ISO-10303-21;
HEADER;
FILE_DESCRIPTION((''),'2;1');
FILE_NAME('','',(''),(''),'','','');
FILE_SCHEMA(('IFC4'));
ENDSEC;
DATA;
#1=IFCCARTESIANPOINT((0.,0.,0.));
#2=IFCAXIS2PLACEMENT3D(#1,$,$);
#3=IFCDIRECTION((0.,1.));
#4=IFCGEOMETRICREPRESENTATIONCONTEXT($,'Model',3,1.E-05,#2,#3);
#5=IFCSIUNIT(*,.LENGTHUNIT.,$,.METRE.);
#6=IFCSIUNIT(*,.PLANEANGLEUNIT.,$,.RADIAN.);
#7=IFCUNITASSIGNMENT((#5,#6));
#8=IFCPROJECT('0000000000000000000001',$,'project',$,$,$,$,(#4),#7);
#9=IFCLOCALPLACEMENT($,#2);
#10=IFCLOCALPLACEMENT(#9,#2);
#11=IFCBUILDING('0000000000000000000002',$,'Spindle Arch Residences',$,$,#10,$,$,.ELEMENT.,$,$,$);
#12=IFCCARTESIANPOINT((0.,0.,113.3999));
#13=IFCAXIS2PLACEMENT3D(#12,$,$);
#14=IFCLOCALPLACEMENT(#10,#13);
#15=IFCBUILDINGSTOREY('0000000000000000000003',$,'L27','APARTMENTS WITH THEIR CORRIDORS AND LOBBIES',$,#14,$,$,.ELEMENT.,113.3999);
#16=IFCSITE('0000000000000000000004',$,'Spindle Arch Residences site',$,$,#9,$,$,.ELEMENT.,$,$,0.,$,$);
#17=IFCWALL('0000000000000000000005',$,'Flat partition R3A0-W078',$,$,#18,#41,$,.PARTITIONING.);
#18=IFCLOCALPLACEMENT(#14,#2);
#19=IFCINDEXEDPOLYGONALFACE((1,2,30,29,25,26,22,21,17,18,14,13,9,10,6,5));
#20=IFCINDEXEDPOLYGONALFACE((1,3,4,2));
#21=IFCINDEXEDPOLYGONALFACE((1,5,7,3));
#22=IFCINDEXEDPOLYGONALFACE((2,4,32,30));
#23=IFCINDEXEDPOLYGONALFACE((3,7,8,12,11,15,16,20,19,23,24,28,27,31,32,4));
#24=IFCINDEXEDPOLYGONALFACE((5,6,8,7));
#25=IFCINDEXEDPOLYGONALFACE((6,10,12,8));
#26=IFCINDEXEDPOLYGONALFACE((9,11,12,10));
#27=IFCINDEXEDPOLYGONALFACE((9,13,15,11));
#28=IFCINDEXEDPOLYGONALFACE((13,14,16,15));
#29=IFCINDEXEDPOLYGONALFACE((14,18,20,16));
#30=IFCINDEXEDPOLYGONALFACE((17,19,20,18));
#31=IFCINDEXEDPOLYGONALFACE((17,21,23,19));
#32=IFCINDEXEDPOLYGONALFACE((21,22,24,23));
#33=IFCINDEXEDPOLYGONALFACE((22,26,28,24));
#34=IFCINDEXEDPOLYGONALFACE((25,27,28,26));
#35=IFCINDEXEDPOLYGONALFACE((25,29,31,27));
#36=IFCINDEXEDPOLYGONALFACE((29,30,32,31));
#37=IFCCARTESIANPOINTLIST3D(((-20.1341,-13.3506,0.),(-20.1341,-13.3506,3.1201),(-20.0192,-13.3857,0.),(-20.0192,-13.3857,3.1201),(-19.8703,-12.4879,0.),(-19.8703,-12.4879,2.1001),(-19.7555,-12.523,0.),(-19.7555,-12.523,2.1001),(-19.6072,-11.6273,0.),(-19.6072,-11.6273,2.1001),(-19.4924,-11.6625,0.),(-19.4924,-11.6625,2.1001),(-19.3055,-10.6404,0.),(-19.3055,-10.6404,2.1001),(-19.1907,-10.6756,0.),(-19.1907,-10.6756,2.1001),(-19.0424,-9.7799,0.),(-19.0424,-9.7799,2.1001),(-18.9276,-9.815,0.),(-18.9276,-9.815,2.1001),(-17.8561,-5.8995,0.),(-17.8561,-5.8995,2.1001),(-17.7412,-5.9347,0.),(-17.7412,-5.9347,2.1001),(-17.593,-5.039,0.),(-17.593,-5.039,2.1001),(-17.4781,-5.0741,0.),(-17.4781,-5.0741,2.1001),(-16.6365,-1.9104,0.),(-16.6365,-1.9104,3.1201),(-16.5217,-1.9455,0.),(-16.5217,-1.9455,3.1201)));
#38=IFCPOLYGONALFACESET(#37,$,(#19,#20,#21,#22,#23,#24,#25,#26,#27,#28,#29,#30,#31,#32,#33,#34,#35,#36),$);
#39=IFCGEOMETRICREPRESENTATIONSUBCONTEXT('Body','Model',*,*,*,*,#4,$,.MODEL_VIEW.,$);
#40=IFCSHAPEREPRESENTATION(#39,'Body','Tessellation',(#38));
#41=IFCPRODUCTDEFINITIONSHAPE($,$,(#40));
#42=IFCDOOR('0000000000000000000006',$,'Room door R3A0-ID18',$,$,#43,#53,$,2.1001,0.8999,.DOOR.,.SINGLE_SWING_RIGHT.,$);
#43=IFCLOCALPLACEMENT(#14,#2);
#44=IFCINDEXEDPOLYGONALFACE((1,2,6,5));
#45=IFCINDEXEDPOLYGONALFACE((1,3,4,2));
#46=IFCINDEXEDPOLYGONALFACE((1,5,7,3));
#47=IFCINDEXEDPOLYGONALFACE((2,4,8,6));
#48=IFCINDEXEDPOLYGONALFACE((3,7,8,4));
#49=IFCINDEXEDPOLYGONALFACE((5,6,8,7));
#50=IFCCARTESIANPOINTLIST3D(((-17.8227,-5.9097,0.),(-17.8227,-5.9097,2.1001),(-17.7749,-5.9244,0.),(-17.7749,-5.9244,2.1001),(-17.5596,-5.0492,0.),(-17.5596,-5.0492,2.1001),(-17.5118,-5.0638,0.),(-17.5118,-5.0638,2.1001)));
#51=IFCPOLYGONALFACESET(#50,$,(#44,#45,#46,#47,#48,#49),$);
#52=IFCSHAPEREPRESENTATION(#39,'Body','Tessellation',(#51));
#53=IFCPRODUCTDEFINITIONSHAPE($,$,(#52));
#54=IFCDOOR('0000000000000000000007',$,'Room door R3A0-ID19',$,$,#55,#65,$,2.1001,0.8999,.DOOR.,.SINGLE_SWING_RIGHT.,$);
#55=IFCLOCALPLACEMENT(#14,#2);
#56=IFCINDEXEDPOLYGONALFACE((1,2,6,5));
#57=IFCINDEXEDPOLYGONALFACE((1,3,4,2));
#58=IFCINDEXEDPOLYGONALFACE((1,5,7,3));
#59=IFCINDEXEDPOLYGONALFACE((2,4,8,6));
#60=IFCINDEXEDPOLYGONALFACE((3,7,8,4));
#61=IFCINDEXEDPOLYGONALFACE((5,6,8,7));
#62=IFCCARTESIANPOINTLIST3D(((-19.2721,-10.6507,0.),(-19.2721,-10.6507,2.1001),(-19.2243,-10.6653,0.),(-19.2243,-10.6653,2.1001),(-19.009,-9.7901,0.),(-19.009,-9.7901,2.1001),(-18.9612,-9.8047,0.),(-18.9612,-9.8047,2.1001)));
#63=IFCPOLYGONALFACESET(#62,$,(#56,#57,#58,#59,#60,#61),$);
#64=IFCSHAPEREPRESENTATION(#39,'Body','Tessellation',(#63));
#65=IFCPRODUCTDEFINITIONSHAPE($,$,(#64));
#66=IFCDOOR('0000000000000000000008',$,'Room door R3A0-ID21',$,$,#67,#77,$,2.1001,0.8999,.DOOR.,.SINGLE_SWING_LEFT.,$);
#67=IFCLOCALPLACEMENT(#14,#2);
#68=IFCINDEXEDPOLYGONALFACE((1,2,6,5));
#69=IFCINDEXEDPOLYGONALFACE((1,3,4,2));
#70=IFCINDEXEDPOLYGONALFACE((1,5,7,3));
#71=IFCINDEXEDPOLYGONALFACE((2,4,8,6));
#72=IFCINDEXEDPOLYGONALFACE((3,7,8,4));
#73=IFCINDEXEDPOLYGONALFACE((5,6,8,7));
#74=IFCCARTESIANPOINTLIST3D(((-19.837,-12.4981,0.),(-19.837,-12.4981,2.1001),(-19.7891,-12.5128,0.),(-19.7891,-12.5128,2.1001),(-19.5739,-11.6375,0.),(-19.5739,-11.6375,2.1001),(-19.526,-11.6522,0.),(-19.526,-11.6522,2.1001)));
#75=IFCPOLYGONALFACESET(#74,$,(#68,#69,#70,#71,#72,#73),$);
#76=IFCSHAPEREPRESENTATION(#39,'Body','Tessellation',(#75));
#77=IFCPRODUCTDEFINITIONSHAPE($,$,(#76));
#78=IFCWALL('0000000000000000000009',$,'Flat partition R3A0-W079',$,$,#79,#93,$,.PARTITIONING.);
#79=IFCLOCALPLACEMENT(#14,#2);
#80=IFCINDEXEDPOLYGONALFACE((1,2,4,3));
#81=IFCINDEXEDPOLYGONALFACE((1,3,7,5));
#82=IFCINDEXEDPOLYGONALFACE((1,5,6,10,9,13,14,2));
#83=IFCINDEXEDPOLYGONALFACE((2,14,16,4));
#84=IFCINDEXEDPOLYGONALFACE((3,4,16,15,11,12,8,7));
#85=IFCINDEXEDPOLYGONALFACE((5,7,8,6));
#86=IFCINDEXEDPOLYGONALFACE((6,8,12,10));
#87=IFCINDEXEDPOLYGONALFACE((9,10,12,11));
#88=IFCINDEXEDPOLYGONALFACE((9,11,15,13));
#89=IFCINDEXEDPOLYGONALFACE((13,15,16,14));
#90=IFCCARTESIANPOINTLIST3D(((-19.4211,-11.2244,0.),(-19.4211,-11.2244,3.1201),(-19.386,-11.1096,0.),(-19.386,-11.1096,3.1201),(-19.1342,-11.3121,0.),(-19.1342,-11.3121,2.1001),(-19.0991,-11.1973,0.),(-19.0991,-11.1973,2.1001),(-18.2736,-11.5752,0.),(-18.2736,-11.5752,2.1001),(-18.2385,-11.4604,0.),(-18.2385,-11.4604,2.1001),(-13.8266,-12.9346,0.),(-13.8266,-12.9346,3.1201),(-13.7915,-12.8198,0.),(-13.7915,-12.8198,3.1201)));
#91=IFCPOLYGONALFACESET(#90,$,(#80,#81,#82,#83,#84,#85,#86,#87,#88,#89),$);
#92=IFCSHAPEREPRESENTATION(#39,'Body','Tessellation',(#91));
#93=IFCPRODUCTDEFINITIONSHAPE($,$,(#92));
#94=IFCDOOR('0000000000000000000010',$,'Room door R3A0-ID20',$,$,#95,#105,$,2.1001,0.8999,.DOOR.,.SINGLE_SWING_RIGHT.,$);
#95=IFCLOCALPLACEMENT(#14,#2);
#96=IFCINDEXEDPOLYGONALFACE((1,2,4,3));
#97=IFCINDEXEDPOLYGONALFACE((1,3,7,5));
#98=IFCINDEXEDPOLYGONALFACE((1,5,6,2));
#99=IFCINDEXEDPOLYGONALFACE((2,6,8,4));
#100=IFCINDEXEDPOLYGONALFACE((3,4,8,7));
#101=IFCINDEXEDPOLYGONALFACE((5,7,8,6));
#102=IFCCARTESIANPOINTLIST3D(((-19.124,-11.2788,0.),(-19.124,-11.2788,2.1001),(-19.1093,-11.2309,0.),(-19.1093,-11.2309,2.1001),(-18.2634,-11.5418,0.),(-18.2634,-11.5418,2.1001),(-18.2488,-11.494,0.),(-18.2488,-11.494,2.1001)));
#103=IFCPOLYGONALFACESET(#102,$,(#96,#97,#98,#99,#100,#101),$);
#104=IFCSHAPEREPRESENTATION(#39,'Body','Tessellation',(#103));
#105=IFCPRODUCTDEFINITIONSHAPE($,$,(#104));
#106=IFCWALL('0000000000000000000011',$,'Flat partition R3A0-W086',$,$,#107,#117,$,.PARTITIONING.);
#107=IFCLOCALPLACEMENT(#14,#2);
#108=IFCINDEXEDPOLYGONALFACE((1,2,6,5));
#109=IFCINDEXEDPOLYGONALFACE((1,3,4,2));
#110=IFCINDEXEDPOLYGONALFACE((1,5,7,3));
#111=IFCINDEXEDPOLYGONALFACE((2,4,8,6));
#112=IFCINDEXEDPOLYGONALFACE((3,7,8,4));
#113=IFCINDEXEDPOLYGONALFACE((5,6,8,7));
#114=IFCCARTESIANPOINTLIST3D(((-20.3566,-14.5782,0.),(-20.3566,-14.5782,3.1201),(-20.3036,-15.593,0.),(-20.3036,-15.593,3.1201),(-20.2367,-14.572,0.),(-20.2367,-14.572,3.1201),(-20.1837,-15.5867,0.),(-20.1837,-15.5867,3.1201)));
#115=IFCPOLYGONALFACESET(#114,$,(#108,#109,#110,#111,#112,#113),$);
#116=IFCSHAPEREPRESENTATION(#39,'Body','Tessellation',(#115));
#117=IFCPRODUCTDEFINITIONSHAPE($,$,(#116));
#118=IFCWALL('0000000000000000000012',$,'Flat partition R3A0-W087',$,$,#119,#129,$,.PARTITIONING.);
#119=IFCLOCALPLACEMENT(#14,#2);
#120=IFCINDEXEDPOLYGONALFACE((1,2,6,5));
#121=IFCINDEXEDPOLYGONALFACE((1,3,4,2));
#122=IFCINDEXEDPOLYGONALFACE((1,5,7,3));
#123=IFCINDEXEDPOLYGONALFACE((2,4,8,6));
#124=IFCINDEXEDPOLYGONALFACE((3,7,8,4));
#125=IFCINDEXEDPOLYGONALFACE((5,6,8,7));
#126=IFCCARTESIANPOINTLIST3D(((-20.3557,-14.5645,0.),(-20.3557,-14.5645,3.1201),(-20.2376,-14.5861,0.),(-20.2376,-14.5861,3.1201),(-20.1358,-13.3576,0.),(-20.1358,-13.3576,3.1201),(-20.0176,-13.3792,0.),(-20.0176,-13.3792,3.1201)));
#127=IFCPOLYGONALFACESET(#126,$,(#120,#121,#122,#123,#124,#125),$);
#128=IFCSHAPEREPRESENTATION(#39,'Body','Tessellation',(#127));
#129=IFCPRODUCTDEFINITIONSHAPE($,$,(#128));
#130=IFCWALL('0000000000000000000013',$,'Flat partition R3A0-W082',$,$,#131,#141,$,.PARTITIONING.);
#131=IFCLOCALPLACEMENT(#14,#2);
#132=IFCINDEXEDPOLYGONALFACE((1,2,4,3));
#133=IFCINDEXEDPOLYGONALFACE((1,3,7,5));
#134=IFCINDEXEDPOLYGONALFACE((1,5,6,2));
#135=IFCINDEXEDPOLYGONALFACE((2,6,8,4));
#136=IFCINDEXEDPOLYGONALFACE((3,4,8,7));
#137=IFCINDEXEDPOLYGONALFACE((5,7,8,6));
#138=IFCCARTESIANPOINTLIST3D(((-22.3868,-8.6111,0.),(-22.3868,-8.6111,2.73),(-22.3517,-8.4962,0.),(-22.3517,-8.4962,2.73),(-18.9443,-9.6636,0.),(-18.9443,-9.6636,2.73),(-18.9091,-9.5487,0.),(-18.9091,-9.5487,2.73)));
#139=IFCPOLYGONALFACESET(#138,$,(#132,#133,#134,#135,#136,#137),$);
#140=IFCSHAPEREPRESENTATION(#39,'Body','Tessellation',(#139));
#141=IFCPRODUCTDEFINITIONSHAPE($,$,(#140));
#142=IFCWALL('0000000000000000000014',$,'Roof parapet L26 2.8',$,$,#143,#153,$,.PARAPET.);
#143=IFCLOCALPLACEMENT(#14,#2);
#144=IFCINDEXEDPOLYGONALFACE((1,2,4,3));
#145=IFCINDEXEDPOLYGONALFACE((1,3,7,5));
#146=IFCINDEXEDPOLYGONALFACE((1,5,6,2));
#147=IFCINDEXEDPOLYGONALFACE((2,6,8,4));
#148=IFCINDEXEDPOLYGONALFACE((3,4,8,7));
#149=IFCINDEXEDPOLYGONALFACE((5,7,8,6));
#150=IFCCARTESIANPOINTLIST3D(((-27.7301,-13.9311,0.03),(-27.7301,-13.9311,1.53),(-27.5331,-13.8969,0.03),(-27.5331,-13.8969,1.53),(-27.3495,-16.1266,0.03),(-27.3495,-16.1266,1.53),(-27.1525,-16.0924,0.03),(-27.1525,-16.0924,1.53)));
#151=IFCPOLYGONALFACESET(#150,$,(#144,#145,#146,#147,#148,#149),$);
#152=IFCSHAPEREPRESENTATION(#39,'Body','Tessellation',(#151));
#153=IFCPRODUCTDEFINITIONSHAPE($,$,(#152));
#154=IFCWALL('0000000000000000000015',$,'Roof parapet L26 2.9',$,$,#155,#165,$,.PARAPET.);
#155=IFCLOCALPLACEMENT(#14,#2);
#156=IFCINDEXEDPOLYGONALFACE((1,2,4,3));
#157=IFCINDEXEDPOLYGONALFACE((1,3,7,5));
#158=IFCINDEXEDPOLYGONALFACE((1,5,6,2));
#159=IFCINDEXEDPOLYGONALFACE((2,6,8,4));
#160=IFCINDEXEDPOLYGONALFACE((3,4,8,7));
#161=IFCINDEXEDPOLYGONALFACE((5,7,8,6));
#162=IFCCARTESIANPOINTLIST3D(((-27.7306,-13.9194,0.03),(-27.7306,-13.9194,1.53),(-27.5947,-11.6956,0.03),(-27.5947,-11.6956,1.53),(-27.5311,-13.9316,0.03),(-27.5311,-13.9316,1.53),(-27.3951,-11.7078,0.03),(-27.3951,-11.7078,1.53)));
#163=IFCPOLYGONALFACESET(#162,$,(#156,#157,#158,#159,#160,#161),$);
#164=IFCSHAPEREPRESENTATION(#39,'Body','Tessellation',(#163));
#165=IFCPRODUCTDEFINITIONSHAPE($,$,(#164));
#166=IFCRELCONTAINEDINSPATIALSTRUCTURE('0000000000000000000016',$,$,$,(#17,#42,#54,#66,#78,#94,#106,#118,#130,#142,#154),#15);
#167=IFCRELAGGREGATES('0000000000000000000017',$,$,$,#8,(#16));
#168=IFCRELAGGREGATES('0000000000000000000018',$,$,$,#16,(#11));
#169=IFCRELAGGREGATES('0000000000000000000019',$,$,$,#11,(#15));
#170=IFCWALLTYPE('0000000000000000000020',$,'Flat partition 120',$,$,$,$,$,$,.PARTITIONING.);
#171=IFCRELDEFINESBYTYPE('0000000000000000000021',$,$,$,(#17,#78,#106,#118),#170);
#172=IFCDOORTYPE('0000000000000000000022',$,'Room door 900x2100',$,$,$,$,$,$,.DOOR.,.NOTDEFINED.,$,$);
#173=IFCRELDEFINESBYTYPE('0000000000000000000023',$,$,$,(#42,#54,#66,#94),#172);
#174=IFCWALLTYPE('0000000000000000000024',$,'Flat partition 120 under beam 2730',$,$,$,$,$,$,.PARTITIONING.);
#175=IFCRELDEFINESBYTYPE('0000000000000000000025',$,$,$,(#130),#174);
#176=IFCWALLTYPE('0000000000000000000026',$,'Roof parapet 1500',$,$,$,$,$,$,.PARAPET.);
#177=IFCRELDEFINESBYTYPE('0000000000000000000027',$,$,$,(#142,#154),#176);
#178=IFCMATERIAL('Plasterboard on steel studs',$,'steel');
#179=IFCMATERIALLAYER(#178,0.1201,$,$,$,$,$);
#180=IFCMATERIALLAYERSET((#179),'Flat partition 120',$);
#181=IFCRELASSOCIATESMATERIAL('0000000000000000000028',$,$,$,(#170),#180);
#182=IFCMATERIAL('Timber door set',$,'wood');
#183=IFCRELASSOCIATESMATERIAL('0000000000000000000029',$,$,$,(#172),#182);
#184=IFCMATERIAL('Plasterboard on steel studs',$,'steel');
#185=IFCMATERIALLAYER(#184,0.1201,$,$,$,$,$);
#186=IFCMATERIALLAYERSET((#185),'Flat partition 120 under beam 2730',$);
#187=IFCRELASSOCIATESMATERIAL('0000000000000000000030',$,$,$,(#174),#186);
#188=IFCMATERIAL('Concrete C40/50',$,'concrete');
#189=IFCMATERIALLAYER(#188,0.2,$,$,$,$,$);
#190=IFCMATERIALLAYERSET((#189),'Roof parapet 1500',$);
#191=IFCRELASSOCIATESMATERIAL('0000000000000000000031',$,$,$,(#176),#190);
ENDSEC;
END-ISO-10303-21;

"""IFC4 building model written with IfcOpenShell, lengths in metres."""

from ifc_helpers import new_model, si_unit, direction, frame, frame_2d, origin, place, context, subcontext, project, spatial, rectangle, extrude, material, layer, layer_set, type_object, element, fill, save


model = new_model("IFC4")

# Units and contexts
model_context = context("Model", 3, precision=1e-05, world=origin(), true_north=direction((0.0, 1.0)))
body_context = subcontext(model_context, "Body", "Model", "MODEL_VIEW")
ifc_project = project(units=[si_unit("LENGTHUNIT", "METRE"), si_unit("PLANEANGLEUNIT", "RADIAN")], contexts=[model_context])

# Site, building, storey
site_placement = place(None, origin())
site = spatial("IfcSite", under=ifc_project, at=site_placement, Name="Spindle Arch Residences site", CompositionType="ELEMENT", RefElevation=0.0)
building_placement = place(site_placement, origin())
building = spatial("IfcBuilding", under=site, at=building_placement, Name="Spindle Arch Residences", CompositionType="ELEMENT")
storey_placement = place(building_placement, frame((0.0, 0.0, 113.3999)))
storey = spatial("IfcBuildingStorey", under=building, at=storey_placement, Name="L27", Description="APARTMENTS WITH THEIR CORRIDORS AND LOBBIES", CompositionType="ELEMENT", Elevation=113.3999)

# Wall, openings, doors
ifc_material_1 = material(Name="Plasterboard on steel studs", Category="steel")
ifc_layer_1 = layer(ifc_material_1, 0.1201)
ifc_layer_set_1 = layer_set([ifc_layer_1], Name="Flat partition 120")
wall_type_1 = type_object("IfcWallType", Name="Flat partition 120", PredefinedType="PARTITIONING", material=ifc_layer_set_1)
wall_1_placement = place(storey_placement, frame((-16.5791, -1.928, 0.0), z_axis=(0.0, 0.0, 1.0), x_axis=(-0.292367, -0.956306, 0.0)))
wall_1 = element("IfcWall", 1, at=wall_1_placement, inside=storey, type_object=wall_type_1, Name="Flat partition R3A0-W078", PredefinedType="PARTITIONING", context=body_context, shape_type="SweptSolid", body=[
    extrude(rectangle(XDim=11.9629, YDim=0.1201, at=frame_2d((5.9814, 0.0))), origin(), (0.0, 0.0, 1.0), 3.1201),
])
opening_1_placement = place(wall_1_placement, frame((3.2715, 0.0, 0.0)))
opening_1 = element("IfcOpeningElement", 2, at=opening_1_placement, cuts=wall_1, PredefinedType="OPENING", context=body_context, shape_type="SweptSolid", body=[
    extrude(rectangle(XDim=0.8999, YDim=2.1001, at=frame_2d((0.45, 1.05))), frame((0.0, 0.0701, 0.0), z_axis=(0.0, -1.0, 0.0), x_axis=(1.0, 0.0, 0.0)), (0.0, 0.0, 1.0), 0.1401),
])
opening_2_placement = place(wall_1_placement, frame((8.229, 0.0, 0.0)))
opening_2 = element("IfcOpeningElement", 3, at=opening_2_placement, cuts=wall_1, PredefinedType="OPENING", context=body_context, shape_type="SweptSolid", body=[
    extrude(rectangle(XDim=0.8999, YDim=2.1001, at=frame_2d((0.45, 1.05))), frame((0.0, 0.0701, 0.0), z_axis=(0.0, -1.0, 0.0), x_axis=(1.0, 0.0, 0.0)), (0.0, 0.0, 1.0), 0.1401),
])
opening_3_placement = place(wall_1_placement, frame((10.1609, 0.0, 0.0)))
opening_3 = element("IfcOpeningElement", 4, at=opening_3_placement, cuts=wall_1, PredefinedType="OPENING", context=body_context, shape_type="SweptSolid", body=[
    extrude(rectangle(XDim=0.8999, YDim=2.1001, at=frame_2d((0.45, 1.05))), frame((0.0, 0.0701, 0.0), z_axis=(0.0, -1.0, 0.0), x_axis=(1.0, 0.0, 0.0)), (0.0, 0.0, 1.0), 0.1401),
])
ifc_material_2 = material(Name="Timber door set", Category="wood")
door_type = type_object("IfcDoorType", Name="Room door 900x2100", OperationType="NOTDEFINED", PredefinedType="DOOR", material=ifc_material_2)
door_1_placement = place(opening_1_placement, origin())
door_1 = element("IfcDoor", 5, at=door_1_placement, inside=storey, type_object=door_type, Name="Room door R3A0-ID18", OperationType="SINGLE_SWING_RIGHT", OverallHeight=2.1001, OverallWidth=0.8999, PredefinedType="DOOR", context=body_context, shape_type="SweptSolid", body=[
    extrude(rectangle(XDim=0.8999, YDim=2.1001, at=frame_2d((0.45, 1.05))), frame((0.0, 0.0249, 0.0), z_axis=(0.0, -1.0, 0.0), x_axis=(1.0, 0.0, 0.0)), (0.0, 0.0, 1.0), 0.05),
])
fill(opening_1, door_1)
door_2_placement = place(opening_2_placement, origin())
door_2 = element("IfcDoor", 6, at=door_2_placement, inside=storey, type_object=door_type, Name="Room door R3A0-ID19", OperationType="SINGLE_SWING_RIGHT", OverallHeight=2.1001, OverallWidth=0.8999, PredefinedType="DOOR", context=body_context, shape_type="SweptSolid", body=[
    extrude(rectangle(XDim=0.8999, YDim=2.1001, at=frame_2d((0.45, 1.05))), frame((0.0, 0.0249, 0.0), z_axis=(0.0, -1.0, 0.0), x_axis=(1.0, 0.0, 0.0)), (0.0, 0.0, 1.0), 0.05),
])
fill(opening_2, door_2)
door_3_placement = place(opening_3_placement, origin())
door_3 = element("IfcDoor", 7, at=door_3_placement, inside=storey, type_object=door_type, Name="Room door R3A0-ID21", OperationType="SINGLE_SWING_LEFT", OverallHeight=2.1001, OverallWidth=0.8999, PredefinedType="DOOR", context=body_context, shape_type="SweptSolid", body=[
    extrude(rectangle(XDim=0.8999, YDim=2.1001, at=frame_2d((0.45, 1.05))), frame((0.0, 0.0249, 0.0), z_axis=(0.0, -1.0, 0.0), x_axis=(1.0, 0.0, 0.0)), (0.0, 0.0, 1.0), 0.05),
])
fill(opening_3, door_3)

# Wall, opening, door
wall_2_placement = place(storey_placement, frame((-19.4036, -11.167, 0.0), z_axis=(0.0, 0.0, 1.0), x_axis=(0.956314, -0.29234, 0.0)))
wall_2 = element("IfcWall", 8, at=wall_2_placement, inside=storey, type_object=wall_type_1, Name="Flat partition R3A0-W079", PredefinedType="PARTITIONING", context=body_context, shape_type="SweptSolid", body=[
    extrude(rectangle(XDim=5.8501, YDim=0.1201, at=frame_2d((2.925, 0.0))), origin(), (0.0, 0.0, 1.0), 3.1201),
])
opening_4_placement = place(wall_2_placement, frame((0.3, 0.0, 0.0)))
opening_4 = element("IfcOpeningElement", 9, at=opening_4_placement, cuts=wall_2, PredefinedType="OPENING", context=body_context, shape_type="SweptSolid", body=[
    extrude(rectangle(XDim=0.8999, YDim=2.1001, at=frame_2d((0.45, 1.05))), frame((0.0, 0.0701, 0.0), z_axis=(0.0, -1.0, 0.0), x_axis=(1.0, 0.0, 0.0)), (0.0, 0.0, 1.0), 0.1401),
])
door_4_placement = place(opening_4_placement, origin())
door_4 = element("IfcDoor", 10, at=door_4_placement, inside=storey, type_object=door_type, Name="Room door R3A0-ID20", OperationType="SINGLE_SWING_RIGHT", OverallHeight=2.1001, OverallWidth=0.8999, PredefinedType="DOOR", context=body_context, shape_type="SweptSolid", body=[
    extrude(rectangle(XDim=0.8999, YDim=2.1001, at=frame_2d((0.45, 1.05))), frame((0.0, 0.0249, 0.0), z_axis=(0.0, -1.0, 0.0), x_axis=(1.0, 0.0, 0.0)), (0.0, 0.0, 1.0), 0.05),
])
fill(opening_4, door_4)

# Walls
wall_3_placement = place(storey_placement, frame((-20.2437, -15.5898, 0.0), z_axis=(0.0, 0.0, 1.0), x_axis=(-0.052143, 0.99864, 0.0)))
element("IfcWall", 11, at=wall_3_placement, inside=storey, type_object=wall_type_1, Name="Flat partition R3A0-W086", PredefinedType="PARTITIONING", context=body_context, shape_type="SweptSolid", body=[
    extrude(rectangle(XDim=1.0161, YDim=0.1201, at=frame_2d((0.5081, 0.0))), origin(), (0.0, 0.0, 1.0), 3.1201),
])
wall_4_placement = place(storey_placement, frame((-20.2966, -14.5752, 0.0), z_axis=(0.0, 0.0, 1.0), x_axis=(0.179288, 0.983797, 0.0)))
element("IfcWall", 12, at=wall_4_placement, inside=storey, type_object=wall_type_1, Name="Flat partition R3A0-W087", PredefinedType="PARTITIONING", context=body_context, shape_type="SweptSolid", body=[
    extrude(rectangle(XDim=1.2268, YDim=0.1201, at=frame_2d((0.6133, 0.0))), origin(), (0.0, 0.0, 1.0), 3.1201),
])
ifc_material_3 = material(Name="Plasterboard on steel studs", Category="steel")
ifc_layer_2 = layer(ifc_material_3, 0.1201)
ifc_layer_set_2 = layer_set([ifc_layer_2], Name="Flat partition 120 under beam 2730")
wall_type_2 = type_object("IfcWallType", Name="Flat partition 120 under beam 2730", PredefinedType="PARTITIONING", material=ifc_layer_set_2)
wall_5_placement = place(storey_placement, frame((-22.3691, -8.5537, 0.0), z_axis=(0.0, 0.0, 1.0), x_axis=(0.956307, -0.292365, 0.0)))
element("IfcWall", 13, at=wall_5_placement, inside=storey, type_object=wall_type_2, Name="Flat partition R3A0-W082", PredefinedType="PARTITIONING", context=body_context, shape_type="SweptSolid", body=[
    extrude(rectangle(XDim=3.5999, YDim=0.1201, at=frame_2d((1.7998, 0.0))), origin(), (0.0, 0.0, 1.0), 2.73),
])
ifc_material_4 = material(Name="Concrete C40/50", Category="concrete")
ifc_layer_3 = layer(ifc_material_4, 0.2)
ifc_layer_set_3 = layer_set([ifc_layer_3], Name="Roof parapet 1500")
wall_type_3 = type_object("IfcWallType", Name="Roof parapet 1500", PredefinedType="PARAPET", material=ifc_layer_set_3)
wall_6_placement = place(storey_placement, frame((-27.251, -16.1096, 0.03), z_axis=(0.0, 0.0, 1.0), x_axis=(-0.170809, 0.985304, 0.0)))
element("IfcWall", 14, at=wall_6_placement, inside=storey, type_object=wall_type_3, Name="Roof parapet L26 2.8", PredefinedType="PARAPET", context=body_context, shape_type="SweptSolid", body=[
    extrude(rectangle(XDim=2.2283, YDim=0.2, at=frame_2d((1.1143, 0.0))), origin(), (0.0, 0.0, 1.0), 1.5),
])
wall_7_placement = place(storey_placement, frame((-27.6309, -13.9255, 0.03), z_axis=(0.0, 0.0, 1.0), x_axis=(0.061034, 0.998136, 0.0)))
element("IfcWall", 15, at=wall_7_placement, inside=storey, type_object=wall_type_3, Name="Roof parapet L26 2.9", PredefinedType="PARAPET", context=body_context, shape_type="SweptSolid", body=[
    extrude(rectangle(XDim=2.228, YDim=0.2, at=frame_2d((1.114, 0.0))), origin(), (0.0, 0.0, 1.0), 1.5),
])

save(model, "model.ifc")
